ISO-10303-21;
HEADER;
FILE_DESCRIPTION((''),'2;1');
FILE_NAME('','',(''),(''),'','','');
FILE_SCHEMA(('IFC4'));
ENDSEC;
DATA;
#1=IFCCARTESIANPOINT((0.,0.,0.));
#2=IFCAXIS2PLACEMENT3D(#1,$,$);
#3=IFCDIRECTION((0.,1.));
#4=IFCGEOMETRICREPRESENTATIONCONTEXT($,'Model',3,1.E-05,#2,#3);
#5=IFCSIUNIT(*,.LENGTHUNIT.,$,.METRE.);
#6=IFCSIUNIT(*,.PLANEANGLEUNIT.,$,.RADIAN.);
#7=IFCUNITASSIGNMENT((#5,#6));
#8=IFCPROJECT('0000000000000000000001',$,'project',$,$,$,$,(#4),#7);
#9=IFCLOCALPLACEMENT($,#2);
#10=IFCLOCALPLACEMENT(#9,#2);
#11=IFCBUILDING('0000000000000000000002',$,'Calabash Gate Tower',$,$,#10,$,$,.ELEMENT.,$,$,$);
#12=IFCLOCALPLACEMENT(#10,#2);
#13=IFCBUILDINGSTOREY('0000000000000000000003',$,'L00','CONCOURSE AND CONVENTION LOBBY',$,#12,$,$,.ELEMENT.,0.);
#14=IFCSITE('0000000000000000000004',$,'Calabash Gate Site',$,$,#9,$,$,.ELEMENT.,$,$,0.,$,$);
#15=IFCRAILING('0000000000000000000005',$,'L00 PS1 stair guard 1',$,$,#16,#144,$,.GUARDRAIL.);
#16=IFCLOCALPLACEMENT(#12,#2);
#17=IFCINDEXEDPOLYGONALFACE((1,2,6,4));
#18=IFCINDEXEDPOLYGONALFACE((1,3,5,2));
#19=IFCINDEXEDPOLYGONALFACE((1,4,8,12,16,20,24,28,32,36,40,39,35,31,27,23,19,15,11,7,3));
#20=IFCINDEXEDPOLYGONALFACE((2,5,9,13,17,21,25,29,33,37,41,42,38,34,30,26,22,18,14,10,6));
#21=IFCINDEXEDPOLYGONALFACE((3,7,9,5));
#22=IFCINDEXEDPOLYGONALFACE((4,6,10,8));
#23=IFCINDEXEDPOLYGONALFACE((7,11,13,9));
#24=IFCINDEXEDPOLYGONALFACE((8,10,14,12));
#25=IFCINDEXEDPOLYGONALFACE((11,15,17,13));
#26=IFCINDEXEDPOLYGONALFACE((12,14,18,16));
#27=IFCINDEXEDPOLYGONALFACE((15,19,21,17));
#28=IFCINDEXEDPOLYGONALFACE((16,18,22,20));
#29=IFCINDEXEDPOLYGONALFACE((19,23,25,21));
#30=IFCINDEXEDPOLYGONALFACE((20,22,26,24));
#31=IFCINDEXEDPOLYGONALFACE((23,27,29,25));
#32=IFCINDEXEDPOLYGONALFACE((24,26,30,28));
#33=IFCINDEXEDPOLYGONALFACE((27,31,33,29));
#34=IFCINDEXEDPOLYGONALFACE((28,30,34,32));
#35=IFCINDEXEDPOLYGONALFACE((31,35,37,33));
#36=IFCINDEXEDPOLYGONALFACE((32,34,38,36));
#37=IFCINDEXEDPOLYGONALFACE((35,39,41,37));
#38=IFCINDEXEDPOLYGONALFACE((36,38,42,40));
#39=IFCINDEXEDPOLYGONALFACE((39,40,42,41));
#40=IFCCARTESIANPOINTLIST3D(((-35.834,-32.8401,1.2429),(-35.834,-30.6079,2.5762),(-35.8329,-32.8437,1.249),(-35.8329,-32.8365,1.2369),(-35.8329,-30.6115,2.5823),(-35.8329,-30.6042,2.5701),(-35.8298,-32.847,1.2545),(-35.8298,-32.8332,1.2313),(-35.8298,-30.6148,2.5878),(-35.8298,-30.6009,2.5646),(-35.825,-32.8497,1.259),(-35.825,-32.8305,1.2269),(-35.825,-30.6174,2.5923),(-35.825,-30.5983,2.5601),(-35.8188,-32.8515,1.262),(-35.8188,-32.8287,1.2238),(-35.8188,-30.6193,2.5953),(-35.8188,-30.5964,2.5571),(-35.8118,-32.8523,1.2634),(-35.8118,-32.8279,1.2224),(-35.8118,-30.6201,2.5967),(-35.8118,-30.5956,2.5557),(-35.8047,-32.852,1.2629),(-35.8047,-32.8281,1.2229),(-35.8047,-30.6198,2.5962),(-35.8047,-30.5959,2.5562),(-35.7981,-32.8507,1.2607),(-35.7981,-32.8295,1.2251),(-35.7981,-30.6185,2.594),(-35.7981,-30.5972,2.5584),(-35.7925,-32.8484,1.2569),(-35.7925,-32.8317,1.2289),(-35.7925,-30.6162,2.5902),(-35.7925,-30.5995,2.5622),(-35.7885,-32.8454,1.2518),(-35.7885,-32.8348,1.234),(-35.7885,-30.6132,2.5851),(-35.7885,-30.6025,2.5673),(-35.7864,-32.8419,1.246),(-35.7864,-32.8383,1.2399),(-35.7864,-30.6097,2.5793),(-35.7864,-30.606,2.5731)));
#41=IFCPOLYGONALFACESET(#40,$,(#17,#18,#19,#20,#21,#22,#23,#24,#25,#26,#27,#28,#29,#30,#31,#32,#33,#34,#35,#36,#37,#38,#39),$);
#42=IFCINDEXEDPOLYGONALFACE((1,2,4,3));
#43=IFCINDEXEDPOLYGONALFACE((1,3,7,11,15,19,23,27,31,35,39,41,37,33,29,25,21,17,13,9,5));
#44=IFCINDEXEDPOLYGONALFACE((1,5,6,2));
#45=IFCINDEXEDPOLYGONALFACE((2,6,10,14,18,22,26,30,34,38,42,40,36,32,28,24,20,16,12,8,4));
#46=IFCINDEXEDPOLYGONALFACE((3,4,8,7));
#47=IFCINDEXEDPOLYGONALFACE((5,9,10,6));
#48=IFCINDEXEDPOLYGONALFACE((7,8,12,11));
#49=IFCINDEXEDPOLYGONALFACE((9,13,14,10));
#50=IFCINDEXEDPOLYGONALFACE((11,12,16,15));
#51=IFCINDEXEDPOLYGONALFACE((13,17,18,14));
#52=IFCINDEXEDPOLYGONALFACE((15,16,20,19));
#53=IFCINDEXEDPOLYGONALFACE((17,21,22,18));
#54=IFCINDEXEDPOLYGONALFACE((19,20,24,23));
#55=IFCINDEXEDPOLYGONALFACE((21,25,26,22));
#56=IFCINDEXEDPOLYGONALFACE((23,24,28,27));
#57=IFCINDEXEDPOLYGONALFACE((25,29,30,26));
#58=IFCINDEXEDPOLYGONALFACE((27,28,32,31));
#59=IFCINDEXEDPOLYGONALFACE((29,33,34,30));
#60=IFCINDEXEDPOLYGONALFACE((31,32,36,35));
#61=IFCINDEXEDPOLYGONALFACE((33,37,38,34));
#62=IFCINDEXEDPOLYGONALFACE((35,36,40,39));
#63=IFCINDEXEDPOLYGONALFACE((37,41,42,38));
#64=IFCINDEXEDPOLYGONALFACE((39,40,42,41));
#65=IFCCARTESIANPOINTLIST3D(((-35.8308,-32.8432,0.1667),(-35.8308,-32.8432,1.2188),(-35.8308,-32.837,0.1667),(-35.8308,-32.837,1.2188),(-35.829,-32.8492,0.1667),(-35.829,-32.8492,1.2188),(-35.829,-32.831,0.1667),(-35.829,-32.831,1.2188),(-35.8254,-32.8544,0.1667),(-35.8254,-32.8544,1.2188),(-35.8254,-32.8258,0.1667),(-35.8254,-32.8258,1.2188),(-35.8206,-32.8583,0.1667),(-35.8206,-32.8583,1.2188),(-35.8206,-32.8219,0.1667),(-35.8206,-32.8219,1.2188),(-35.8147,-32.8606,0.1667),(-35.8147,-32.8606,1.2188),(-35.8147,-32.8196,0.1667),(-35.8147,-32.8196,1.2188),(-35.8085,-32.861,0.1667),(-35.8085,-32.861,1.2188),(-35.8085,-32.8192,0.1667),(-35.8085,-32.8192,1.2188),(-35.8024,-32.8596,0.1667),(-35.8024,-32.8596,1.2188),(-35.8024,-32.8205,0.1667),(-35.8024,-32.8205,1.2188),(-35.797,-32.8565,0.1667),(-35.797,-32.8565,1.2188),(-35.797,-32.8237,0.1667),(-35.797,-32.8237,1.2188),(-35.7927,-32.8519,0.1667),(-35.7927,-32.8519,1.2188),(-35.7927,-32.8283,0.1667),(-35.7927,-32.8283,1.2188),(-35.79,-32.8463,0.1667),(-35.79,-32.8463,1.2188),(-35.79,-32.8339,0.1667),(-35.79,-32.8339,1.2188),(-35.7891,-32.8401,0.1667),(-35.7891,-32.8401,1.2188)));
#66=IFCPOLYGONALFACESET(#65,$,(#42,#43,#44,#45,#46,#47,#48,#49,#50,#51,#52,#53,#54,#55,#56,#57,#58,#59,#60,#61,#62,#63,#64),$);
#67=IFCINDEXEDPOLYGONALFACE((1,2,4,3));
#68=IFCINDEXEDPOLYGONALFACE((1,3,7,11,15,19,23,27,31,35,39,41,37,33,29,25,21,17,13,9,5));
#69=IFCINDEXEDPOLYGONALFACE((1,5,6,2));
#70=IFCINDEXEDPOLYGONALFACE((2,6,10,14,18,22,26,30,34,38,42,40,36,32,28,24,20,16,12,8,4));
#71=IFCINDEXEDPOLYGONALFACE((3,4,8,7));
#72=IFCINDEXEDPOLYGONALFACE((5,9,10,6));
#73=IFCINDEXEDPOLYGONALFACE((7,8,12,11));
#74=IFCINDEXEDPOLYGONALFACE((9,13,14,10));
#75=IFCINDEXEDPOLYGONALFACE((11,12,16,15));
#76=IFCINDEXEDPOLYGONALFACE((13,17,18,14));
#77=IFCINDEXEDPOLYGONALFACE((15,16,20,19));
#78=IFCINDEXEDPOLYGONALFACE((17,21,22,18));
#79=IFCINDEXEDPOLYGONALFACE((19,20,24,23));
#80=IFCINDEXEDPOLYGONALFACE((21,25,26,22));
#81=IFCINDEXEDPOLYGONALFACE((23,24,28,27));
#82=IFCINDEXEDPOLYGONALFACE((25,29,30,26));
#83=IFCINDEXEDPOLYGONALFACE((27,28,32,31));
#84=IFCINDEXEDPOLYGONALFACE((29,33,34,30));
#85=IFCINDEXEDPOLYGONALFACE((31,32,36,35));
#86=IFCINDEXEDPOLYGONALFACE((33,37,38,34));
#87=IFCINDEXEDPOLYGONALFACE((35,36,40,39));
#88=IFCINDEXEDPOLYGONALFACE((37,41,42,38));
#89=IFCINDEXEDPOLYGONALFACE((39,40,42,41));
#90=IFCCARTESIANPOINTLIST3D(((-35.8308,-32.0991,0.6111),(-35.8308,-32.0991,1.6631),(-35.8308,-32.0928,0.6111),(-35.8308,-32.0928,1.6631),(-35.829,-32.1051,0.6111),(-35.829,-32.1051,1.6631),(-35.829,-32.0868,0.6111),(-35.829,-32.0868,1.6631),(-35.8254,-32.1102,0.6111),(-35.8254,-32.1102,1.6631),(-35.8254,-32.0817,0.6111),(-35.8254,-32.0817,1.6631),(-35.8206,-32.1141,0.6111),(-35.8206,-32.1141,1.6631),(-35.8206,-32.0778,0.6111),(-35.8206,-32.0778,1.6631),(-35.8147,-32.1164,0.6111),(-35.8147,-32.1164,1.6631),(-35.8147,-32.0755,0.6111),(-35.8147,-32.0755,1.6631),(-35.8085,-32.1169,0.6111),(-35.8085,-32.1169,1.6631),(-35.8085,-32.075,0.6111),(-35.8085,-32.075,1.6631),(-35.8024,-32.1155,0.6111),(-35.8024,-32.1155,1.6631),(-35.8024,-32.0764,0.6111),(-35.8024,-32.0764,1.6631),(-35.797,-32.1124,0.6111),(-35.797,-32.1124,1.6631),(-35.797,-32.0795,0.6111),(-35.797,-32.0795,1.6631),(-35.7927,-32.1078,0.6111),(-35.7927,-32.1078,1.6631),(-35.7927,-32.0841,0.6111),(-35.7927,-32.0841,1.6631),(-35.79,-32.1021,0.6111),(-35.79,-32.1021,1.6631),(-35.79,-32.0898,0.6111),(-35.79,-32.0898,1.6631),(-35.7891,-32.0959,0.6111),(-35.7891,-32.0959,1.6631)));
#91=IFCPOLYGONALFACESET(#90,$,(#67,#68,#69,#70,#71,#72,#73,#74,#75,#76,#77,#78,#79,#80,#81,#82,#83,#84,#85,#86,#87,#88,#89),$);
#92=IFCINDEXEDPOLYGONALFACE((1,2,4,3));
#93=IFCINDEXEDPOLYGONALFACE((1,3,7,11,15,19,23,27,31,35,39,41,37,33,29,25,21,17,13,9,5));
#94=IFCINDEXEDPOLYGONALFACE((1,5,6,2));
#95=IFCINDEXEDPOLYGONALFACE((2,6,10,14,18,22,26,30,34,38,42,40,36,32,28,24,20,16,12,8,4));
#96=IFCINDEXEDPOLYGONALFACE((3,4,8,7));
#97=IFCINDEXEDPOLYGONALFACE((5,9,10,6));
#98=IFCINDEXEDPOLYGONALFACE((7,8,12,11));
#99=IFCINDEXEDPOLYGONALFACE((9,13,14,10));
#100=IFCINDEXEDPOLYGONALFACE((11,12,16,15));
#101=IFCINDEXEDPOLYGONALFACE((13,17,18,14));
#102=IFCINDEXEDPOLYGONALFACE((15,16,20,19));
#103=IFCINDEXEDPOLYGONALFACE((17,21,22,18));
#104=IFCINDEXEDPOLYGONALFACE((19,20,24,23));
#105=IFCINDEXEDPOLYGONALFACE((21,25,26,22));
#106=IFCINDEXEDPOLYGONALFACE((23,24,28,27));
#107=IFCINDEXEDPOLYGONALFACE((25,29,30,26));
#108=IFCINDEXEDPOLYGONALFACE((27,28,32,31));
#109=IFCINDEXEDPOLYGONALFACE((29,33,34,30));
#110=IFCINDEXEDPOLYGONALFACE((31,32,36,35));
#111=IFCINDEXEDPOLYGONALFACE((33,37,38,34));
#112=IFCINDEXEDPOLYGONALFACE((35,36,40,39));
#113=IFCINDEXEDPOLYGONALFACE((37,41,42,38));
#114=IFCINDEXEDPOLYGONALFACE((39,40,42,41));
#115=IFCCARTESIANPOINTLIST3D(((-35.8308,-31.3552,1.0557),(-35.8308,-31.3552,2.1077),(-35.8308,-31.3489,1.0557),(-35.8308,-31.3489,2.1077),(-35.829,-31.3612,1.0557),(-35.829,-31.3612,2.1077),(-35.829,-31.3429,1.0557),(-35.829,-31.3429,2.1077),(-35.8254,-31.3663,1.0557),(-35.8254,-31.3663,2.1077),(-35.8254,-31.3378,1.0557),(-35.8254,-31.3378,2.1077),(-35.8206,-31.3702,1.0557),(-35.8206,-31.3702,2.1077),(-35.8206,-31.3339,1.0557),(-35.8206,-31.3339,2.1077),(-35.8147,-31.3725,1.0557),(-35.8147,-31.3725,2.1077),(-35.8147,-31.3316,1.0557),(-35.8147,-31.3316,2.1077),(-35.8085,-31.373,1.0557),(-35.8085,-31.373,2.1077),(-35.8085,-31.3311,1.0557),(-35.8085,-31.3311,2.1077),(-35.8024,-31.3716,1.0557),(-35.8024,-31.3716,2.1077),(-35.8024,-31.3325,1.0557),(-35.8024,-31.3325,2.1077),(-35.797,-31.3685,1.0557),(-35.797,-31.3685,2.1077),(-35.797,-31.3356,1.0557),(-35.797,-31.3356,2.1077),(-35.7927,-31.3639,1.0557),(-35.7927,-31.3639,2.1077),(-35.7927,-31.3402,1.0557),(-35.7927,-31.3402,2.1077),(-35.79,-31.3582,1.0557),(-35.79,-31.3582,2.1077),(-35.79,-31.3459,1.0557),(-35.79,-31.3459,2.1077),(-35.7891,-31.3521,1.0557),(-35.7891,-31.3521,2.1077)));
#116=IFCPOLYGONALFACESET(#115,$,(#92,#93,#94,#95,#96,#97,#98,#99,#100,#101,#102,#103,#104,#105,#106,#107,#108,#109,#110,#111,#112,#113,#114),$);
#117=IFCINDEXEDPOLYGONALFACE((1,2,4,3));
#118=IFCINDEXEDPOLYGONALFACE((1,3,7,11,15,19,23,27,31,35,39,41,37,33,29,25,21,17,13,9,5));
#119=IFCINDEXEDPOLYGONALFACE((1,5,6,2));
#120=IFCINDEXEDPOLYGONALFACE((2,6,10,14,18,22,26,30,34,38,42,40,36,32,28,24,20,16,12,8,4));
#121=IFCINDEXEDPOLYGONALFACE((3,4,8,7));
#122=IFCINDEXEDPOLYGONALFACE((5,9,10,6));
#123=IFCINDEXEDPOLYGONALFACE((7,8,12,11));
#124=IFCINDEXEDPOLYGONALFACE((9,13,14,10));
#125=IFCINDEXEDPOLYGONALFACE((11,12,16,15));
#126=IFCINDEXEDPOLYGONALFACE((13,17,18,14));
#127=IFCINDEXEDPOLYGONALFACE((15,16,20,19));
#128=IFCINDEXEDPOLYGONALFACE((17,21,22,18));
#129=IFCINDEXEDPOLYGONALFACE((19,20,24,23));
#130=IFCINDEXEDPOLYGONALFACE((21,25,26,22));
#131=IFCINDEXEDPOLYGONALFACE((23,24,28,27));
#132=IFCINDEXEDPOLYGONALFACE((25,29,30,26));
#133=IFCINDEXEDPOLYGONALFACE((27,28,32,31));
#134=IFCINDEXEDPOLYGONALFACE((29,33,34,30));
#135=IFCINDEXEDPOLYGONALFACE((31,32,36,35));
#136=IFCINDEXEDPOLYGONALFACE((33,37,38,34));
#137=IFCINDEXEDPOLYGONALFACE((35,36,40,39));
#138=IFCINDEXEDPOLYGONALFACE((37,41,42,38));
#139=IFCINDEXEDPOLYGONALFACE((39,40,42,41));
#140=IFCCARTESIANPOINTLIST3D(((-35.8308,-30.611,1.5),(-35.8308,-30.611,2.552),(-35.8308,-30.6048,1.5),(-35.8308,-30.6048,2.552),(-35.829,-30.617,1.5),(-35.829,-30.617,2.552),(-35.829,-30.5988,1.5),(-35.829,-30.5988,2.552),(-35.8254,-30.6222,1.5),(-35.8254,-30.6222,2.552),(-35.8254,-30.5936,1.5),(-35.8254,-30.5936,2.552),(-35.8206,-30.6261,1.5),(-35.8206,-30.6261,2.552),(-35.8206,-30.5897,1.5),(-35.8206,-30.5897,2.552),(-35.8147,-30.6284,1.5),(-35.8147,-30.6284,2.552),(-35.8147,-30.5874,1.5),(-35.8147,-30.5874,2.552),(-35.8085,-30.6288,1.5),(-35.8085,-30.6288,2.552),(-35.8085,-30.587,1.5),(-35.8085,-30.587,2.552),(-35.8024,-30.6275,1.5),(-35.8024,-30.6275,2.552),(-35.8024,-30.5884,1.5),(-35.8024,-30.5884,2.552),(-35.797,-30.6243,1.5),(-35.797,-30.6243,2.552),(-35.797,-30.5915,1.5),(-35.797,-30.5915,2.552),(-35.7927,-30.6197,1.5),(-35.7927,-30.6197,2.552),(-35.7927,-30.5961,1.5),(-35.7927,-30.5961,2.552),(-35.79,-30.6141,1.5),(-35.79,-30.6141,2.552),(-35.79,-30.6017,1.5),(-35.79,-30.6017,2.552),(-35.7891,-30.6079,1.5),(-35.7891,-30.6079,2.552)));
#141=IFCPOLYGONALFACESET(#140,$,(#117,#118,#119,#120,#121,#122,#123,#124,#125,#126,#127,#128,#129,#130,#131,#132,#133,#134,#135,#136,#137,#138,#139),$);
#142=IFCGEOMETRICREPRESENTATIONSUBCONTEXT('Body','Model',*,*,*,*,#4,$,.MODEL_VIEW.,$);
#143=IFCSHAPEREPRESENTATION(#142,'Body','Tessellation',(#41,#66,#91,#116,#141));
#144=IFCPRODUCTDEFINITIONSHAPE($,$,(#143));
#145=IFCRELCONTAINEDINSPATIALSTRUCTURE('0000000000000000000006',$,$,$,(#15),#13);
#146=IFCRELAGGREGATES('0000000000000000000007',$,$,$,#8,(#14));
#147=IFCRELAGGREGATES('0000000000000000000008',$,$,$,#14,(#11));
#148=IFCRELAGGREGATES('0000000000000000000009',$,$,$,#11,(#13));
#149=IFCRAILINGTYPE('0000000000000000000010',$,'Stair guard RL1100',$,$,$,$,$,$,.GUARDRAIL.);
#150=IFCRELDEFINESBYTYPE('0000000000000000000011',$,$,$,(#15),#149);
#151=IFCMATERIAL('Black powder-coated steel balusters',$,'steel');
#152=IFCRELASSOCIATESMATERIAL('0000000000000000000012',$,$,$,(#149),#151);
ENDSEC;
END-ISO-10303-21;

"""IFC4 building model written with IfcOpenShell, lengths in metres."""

from ifc_helpers import new_model, si_unit, direction, frame, origin, origin_2d, place, context, subcontext, project, spatial, circle, extrude, material, type_object, element, save


model = new_model("IFC4")

# Units and contexts
model_context = context("Model", 3, precision=1e-05, world=origin(), true_north=direction((0.0, 1.0)))
body_context = subcontext(model_context, "Body", "Model", "MODEL_VIEW")
ifc_project = project(units=[si_unit("LENGTHUNIT", "METRE"), si_unit("PLANEANGLEUNIT", "RADIAN")], contexts=[model_context])

# Site, building, storey
site_placement = place(None, origin())
site = spatial("IfcSite", under=ifc_project, at=site_placement, Name="Calabash Gate Site", CompositionType="ELEMENT", RefElevation=0.0)
building_placement = place(site_placement, origin())
building = spatial("IfcBuilding", under=site, at=building_placement, Name="Calabash Gate Tower", CompositionType="ELEMENT")
storey_placement = place(building_placement, origin())
storey = spatial("IfcBuildingStorey", under=building, at=storey_placement, Name="L00", Description="CONCOURSE AND CONVENTION LOBBY", CompositionType="ELEMENT", Elevation=0.0)

# Railing
ifc_material_1 = material(Name="Black powder-coated steel balusters", Category="steel")
railing_type_1 = type_object("IfcRailingType", Name="Stair guard RL1100", PredefinedType="GUARDRAIL", material=ifc_material_1)
railing_1_placement = place(storey_placement, frame((-35.8101, -32.8401, 0.1667)))
element("IfcRailing", 1, at=railing_1_placement, inside=storey, type_object=railing_type_1, Name="L00 PS1 stair guard 1", PredefinedType="GUARDRAIL", context=body_context, shape_type="SweptSolid", body=[
    extrude(circle(Radius=0.0239, at=origin_2d()), frame((0.0, 0.0, 1.0762), z_axis=(0.0, 0.858519, 0.512782), x_axis=(-1.0, 0.0, 0.0)), (0.0, 0.0, 1.0), 2.6001),
    extrude(circle(Radius=0.021, at=origin_2d()), origin(), (0.0, 0.0, 1.0), 1.052),
    extrude(circle(Radius=0.021, at=origin_2d()), frame((0.0, 0.7441, 0.4443)), (0.0, 0.0, 1.0), 1.052),
    extrude(circle(Radius=0.021, at=origin_2d()), frame((0.0, 1.488, 0.8889)), (0.0, 0.0, 1.0), 1.052),
    extrude(circle(Radius=0.021, at=origin_2d()), frame((0.0, 2.2322, 1.3333)), (0.0, 0.0, 1.0), 1.052),
])

save(model, "model.ifc")
